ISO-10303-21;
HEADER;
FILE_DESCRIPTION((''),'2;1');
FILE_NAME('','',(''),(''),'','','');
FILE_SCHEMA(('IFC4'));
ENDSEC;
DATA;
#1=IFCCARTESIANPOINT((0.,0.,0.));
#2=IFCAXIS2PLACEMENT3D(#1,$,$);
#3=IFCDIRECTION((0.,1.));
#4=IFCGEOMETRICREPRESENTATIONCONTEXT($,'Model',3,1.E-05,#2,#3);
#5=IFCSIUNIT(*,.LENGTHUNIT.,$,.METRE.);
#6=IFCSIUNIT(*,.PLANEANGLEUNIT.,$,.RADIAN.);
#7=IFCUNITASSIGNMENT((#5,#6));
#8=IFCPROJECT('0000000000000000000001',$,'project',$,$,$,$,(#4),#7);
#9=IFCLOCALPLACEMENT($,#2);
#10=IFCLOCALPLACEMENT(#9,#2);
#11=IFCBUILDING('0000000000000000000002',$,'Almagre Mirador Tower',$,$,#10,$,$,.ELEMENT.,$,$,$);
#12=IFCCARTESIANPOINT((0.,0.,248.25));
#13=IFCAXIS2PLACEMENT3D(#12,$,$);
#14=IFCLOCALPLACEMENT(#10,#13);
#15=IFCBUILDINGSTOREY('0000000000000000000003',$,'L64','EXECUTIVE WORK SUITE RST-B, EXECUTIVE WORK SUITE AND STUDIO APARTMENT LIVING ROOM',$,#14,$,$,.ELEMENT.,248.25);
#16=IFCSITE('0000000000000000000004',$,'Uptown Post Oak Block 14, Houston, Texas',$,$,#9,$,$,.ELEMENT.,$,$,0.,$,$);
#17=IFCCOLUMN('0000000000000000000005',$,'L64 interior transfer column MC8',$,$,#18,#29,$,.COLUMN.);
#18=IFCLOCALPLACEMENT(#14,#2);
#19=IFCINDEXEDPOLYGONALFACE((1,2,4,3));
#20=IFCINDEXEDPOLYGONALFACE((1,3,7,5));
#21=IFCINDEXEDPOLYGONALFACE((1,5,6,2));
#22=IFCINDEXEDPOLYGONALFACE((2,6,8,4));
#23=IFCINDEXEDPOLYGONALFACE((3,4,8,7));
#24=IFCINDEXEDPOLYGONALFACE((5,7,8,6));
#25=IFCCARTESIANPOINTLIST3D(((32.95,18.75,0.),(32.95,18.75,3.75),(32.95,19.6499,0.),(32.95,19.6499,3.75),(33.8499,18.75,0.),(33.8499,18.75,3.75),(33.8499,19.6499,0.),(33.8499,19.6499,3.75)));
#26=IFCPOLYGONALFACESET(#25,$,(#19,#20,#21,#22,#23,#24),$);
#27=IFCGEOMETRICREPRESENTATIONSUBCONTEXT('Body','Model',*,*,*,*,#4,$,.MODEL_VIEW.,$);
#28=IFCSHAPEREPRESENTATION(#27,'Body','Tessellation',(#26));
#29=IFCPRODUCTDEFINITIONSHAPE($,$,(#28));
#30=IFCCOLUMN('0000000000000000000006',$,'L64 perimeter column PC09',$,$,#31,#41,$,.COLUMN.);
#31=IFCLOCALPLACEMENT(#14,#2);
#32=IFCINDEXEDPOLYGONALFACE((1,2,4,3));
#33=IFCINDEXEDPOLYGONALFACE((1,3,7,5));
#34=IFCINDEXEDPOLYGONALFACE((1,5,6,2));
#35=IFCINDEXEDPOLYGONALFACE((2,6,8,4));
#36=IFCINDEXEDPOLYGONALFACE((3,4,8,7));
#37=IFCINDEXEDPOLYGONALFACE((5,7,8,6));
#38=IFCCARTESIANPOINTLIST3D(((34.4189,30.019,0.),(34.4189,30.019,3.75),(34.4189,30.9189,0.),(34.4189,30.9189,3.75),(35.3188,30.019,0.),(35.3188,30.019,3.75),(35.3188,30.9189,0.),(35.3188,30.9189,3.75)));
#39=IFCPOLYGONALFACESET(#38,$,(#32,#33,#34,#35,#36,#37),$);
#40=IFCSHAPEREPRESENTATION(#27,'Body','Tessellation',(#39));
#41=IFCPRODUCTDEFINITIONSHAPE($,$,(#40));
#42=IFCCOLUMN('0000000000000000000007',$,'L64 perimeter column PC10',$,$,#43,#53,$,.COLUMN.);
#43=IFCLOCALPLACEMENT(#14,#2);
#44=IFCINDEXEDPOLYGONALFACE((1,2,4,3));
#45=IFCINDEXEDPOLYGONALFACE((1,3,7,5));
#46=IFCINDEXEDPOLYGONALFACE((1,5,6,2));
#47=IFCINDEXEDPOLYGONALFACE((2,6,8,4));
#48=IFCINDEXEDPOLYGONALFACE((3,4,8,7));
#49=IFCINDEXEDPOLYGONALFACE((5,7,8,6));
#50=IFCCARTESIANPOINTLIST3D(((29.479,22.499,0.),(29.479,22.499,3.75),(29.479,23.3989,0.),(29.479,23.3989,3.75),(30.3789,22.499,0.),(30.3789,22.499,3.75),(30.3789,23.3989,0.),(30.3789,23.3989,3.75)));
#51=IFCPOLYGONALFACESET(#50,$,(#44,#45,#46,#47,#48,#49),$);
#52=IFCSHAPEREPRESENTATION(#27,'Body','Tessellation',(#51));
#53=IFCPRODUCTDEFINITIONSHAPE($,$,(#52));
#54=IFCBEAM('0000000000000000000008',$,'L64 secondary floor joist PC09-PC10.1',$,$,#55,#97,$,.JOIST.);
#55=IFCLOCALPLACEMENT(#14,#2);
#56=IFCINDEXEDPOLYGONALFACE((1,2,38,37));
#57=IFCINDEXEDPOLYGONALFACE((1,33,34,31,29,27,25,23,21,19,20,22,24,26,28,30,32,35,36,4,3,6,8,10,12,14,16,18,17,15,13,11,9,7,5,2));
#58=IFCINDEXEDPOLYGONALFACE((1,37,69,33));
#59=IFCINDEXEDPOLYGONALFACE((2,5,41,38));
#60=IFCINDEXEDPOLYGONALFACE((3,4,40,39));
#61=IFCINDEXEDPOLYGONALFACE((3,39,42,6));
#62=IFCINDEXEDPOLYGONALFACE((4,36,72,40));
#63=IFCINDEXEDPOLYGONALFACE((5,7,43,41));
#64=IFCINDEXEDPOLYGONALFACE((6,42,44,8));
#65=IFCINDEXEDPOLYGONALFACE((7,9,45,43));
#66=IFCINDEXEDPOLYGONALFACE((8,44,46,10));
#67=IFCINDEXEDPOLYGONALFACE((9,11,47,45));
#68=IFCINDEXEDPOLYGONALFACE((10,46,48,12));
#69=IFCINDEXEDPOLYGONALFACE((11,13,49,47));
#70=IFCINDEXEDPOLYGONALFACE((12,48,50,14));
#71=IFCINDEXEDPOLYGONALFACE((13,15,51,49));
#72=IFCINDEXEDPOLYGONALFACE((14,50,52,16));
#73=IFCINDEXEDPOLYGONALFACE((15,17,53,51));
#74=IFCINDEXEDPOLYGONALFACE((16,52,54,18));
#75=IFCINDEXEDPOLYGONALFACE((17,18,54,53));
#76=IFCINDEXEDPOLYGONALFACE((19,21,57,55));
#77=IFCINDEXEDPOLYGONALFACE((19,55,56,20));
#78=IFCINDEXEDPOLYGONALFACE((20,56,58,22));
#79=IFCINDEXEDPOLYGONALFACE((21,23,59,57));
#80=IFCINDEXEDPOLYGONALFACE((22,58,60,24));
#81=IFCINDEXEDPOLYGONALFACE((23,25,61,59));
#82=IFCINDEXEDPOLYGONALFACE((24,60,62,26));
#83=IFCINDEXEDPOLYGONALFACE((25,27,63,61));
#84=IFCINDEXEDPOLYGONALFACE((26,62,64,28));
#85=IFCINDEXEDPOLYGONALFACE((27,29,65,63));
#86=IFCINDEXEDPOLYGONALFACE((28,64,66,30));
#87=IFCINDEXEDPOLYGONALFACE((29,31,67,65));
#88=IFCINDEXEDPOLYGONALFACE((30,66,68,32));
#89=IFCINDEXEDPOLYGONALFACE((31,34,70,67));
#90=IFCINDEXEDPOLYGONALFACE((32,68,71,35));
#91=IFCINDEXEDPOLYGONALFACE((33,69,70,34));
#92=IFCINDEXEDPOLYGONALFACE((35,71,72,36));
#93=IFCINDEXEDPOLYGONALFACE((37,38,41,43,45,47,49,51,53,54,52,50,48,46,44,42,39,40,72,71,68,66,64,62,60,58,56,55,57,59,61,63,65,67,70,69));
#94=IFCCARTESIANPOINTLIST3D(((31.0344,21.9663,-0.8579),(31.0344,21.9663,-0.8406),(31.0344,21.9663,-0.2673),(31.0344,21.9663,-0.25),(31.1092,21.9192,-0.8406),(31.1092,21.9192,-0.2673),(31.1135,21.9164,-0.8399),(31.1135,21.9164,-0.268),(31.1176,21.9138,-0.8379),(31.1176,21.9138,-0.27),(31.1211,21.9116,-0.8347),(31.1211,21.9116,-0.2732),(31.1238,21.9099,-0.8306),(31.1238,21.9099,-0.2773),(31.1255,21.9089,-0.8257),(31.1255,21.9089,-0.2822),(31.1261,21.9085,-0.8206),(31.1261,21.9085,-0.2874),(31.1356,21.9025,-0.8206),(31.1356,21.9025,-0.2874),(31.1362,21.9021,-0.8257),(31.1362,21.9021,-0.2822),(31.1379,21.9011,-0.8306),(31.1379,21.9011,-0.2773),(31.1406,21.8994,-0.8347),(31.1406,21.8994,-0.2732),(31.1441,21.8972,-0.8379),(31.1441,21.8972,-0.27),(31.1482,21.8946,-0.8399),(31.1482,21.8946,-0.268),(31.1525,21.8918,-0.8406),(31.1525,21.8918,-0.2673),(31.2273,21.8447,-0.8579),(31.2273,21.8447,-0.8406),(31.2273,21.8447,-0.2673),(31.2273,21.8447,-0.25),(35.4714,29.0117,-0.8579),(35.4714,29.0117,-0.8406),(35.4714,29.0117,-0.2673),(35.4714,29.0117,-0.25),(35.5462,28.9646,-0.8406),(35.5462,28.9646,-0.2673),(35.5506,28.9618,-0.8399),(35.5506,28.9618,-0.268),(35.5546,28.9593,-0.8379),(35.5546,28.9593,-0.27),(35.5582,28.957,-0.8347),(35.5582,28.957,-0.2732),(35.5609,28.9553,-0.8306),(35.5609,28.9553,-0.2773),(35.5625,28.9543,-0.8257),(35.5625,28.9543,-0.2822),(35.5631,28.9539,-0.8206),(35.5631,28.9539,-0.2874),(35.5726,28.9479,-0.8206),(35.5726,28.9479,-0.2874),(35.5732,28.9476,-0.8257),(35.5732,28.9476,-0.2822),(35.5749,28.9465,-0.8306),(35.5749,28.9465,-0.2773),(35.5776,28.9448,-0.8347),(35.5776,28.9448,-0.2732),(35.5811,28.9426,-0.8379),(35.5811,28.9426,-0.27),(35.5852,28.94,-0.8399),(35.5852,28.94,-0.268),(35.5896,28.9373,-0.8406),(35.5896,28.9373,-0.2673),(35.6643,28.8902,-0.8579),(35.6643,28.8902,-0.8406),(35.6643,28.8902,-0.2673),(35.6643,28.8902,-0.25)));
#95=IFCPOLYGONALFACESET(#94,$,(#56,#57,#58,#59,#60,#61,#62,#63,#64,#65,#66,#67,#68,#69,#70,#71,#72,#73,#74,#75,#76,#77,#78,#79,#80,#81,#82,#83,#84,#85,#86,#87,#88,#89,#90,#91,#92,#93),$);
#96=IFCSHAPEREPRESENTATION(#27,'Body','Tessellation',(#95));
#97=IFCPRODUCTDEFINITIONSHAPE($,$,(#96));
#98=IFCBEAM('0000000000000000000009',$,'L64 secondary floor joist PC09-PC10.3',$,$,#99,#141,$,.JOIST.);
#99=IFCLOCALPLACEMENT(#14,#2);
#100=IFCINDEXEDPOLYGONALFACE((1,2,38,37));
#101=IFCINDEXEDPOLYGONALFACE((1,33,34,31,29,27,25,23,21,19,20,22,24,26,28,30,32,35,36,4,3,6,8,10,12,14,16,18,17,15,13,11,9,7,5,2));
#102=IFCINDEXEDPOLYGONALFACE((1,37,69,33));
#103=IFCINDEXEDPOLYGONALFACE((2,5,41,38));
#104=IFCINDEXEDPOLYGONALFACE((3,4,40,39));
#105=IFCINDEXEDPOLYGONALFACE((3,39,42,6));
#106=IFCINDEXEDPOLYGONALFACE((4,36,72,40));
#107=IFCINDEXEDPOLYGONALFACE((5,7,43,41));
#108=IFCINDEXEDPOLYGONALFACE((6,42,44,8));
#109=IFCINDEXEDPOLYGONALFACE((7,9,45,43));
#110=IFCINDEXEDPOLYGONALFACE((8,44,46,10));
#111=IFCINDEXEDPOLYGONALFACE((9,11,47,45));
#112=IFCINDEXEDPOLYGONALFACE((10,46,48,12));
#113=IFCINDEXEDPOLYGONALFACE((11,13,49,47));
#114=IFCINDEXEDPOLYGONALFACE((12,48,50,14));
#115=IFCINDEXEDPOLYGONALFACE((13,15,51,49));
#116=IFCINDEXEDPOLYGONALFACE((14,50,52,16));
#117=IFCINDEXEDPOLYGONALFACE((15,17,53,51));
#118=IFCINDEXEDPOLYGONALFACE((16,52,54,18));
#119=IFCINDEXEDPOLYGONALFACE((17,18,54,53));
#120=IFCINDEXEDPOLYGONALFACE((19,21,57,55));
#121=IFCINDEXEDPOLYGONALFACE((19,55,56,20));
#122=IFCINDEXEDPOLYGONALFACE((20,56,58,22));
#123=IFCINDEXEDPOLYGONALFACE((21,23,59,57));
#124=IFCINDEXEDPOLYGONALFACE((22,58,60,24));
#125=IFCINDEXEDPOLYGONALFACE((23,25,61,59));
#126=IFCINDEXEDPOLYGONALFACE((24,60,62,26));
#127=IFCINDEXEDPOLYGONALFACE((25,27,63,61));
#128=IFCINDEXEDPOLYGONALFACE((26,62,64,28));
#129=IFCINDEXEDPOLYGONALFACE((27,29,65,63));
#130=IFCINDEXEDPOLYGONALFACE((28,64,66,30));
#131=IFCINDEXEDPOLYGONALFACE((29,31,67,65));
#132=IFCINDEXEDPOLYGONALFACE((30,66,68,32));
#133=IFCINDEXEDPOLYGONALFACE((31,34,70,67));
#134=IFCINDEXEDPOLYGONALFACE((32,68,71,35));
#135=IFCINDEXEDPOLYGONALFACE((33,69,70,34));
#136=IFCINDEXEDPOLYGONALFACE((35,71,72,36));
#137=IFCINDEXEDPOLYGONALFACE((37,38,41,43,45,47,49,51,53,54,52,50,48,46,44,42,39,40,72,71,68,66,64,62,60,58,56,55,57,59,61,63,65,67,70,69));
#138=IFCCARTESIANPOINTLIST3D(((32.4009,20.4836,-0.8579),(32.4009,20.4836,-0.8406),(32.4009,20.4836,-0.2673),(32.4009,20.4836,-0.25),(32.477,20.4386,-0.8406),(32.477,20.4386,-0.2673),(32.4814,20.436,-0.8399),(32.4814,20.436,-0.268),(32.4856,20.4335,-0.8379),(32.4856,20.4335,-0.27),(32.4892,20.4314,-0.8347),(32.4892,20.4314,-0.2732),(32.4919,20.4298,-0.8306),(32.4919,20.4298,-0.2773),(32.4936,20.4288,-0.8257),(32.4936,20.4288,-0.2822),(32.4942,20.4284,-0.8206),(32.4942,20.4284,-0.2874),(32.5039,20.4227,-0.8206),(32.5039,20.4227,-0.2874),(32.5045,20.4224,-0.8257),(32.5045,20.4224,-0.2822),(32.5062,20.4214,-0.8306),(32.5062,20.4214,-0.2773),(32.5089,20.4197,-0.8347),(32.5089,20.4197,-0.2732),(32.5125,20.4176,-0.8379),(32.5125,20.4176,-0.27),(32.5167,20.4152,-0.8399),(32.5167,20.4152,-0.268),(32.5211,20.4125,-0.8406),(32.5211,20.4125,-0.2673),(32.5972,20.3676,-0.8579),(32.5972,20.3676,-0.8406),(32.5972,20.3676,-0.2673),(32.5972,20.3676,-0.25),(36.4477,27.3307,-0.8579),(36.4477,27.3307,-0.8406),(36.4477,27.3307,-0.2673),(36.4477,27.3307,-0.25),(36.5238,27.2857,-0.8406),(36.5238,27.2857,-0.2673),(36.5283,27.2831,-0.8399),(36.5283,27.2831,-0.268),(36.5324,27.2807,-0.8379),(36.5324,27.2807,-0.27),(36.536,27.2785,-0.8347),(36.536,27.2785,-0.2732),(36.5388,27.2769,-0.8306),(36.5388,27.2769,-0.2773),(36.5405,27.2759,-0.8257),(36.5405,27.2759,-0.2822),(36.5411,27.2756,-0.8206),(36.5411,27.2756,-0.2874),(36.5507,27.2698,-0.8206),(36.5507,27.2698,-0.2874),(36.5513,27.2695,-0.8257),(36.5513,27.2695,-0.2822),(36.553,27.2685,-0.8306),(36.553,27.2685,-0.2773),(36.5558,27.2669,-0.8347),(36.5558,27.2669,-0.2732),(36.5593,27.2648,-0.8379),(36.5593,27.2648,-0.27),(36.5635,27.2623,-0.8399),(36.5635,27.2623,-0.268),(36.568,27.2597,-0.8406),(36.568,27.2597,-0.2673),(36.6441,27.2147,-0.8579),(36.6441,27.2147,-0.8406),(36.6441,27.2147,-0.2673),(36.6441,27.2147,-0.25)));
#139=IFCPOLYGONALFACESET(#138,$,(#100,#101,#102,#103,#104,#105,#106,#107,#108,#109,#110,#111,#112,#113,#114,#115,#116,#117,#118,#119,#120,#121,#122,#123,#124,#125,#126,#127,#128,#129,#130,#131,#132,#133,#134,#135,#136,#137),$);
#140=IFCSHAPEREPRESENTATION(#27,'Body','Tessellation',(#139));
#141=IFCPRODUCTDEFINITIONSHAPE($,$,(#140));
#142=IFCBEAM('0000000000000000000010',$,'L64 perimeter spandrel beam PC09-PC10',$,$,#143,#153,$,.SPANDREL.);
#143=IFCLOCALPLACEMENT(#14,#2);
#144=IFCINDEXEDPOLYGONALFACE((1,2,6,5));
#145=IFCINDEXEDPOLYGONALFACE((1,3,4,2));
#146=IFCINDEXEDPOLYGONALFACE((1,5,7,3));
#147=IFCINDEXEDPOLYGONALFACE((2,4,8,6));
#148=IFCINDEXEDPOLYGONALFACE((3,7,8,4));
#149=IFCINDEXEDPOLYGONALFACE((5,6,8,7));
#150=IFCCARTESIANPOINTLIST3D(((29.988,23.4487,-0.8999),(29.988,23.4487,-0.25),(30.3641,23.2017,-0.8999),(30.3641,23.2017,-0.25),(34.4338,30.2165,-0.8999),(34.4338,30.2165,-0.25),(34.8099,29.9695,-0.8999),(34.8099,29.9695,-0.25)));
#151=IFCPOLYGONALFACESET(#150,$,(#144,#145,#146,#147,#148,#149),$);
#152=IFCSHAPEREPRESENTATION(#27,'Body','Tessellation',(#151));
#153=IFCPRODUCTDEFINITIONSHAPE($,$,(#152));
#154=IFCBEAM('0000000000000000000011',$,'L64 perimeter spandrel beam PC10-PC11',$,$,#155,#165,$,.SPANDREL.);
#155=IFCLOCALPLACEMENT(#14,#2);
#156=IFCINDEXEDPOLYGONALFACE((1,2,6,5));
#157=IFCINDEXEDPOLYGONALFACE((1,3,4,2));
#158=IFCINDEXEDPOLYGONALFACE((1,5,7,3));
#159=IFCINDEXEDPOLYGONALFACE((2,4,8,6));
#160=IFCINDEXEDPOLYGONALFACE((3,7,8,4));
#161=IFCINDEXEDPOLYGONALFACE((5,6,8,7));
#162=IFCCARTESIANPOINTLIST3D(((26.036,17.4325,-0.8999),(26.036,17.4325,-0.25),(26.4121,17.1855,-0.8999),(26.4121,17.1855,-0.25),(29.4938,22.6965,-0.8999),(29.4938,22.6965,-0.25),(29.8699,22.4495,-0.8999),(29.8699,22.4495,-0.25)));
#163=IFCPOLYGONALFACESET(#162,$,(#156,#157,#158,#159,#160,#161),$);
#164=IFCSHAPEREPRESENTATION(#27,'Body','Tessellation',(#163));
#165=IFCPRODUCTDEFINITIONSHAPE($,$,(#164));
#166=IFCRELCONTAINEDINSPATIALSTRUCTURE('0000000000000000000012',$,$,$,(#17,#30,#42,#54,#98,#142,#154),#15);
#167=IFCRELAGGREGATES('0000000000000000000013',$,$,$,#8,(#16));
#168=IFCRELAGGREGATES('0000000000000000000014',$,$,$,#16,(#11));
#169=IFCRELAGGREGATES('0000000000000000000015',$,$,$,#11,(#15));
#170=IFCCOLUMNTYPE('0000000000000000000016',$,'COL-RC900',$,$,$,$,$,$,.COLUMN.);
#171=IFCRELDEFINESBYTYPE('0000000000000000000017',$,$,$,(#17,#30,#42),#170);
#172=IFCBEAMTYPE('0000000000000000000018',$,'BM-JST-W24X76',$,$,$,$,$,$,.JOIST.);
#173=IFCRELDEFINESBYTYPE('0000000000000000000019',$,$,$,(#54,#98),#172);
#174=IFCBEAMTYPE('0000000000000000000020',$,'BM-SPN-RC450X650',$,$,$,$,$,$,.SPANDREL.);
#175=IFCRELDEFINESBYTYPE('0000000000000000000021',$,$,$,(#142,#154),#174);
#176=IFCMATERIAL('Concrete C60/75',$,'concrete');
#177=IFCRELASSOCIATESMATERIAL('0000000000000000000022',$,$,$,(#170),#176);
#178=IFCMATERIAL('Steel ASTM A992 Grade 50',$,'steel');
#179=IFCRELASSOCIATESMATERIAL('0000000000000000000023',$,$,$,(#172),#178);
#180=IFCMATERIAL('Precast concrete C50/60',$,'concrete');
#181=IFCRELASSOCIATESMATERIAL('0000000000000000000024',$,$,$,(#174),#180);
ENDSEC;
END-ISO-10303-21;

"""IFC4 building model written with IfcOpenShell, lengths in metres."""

from ifc_helpers import new_model, si_unit, direction, frame, origin, origin_2d, place, context, subcontext, project, spatial, rectangle, i_section, extrude, material, material_profile, profile_set, type_object, element, save


model = new_model("IFC4")

# Units and contexts
model_context = context("Model", 3, precision=1e-05, world=origin(), true_north=direction((0.0, 1.0)))
body_context = subcontext(model_context, "Body", "Model", "MODEL_VIEW")
ifc_project = project(units=[si_unit("LENGTHUNIT", "METRE"), si_unit("PLANEANGLEUNIT", "RADIAN")], contexts=[model_context])

# Site, building, storey
site_placement = place(None, origin())
site = spatial("IfcSite", under=ifc_project, at=site_placement, Name="Uptown Post Oak Block 14, Houston, Texas", CompositionType="ELEMENT", RefElevation=0.0)
building_placement = place(site_placement, origin())
building = spatial("IfcBuilding", under=site, at=building_placement, Name="Almagre Mirador Tower", CompositionType="ELEMENT")
storey_placement = place(building_placement, frame((0.0, 0.0, 248.25)))
storey = spatial("IfcBuildingStorey", under=building, at=storey_placement, Name="L64", Description="EXECUTIVE WORK SUITE RST-B, EXECUTIVE WORK SUITE AND STUDIO APARTMENT LIVING ROOM", CompositionType="ELEMENT", Elevation=248.25)

# Columns
ifc_material_1 = material(Name="Concrete C60/75", Category="concrete")
ifc_material_profile_1 = material_profile(ifc_material_1, rectangle(XDim=0.8999, YDim=0.8999, at=origin_2d()), Name="RC900X900")
ifc_profile_set_1 = profile_set([ifc_material_profile_1], Name="Concrete C60/75")
column_type = type_object("IfcColumnType", Name="COL-RC900", PredefinedType="COLUMN", material=ifc_profile_set_1)
for number, where, z_axis, x_axis, name in (
    (1, (33.3999, 19.2, 0.0), (0.0, 0.0, 1.0), (1.0, 0.0, 0.0), "L64 interior transfer column MC8"),
    (2, (34.8689, 30.469, 0.0), (0.0, 0.0, 1.0), (1.0, 0.0, 0.0), "L64 perimeter column PC09"),
    (3, (29.929, 22.949, 0.0), (0.0, 0.0, 1.0), (1.0, 0.0, 0.0), "L64 perimeter column PC10"),
):
    element("IfcColumn", number, at=place(storey_placement, frame(where, z_axis=z_axis, x_axis=x_axis)), inside=storey, type_object=column_type, Name=name, PredefinedType="COLUMN", context=body_context, shape_type="SweptSolid", body=[
        extrude(rectangle(XDim=0.8999, YDim=0.8999, at=origin_2d()), origin(), (0.0, 0.0, 1.0), 3.75),
    ])

# Beams
ifc_material_2 = material(Name="Steel ASTM A992 Grade 50", Category="steel")
ifc_material_profile_2 = material_profile(ifc_material_2, i_section(OverallWidth=0.228, OverallDepth=0.6079, WebThickness=0.0112, FlangeThickness=0.0173, FilletRadius=0.02, at=origin_2d()), Name="W24X76")
ifc_profile_set_2 = profile_set([ifc_material_profile_2], Name="Steel ASTM A992 Grade 50")
beam_type_1 = type_object("IfcBeamType", Name="BM-JST-W24X76", PredefinedType="JOIST", material=ifc_profile_set_2)
beam_1_placement = place(storey_placement, frame((35.5679, 28.9509, -0.554), z_axis=(-0.5329, -0.846178, 0.0), x_axis=(0.846178, -0.5329, 0.0)))
element("IfcBeam", 4, at=beam_1_placement, inside=storey, type_object=beam_type_1, Name="L64 secondary floor joist PC09-PC10.1", PredefinedType="JOIST", context=body_context, shape_type="SweptSolid", body=[
    extrude(i_section(OverallWidth=0.228, OverallDepth=0.6079, WebThickness=0.0112, FlangeThickness=0.0173, FilletRadius=0.02, at=origin_2d()), origin(), (0.0, 0.0, 1.0), 8.3262),
])
beam_2_placement = place(storey_placement, frame((36.5459, 27.2727, -0.554), z_axis=(-0.508806, -0.860881, 0.0), x_axis=(0.860881, -0.508806, 0.0)))
element("IfcBeam", 5, at=beam_2_placement, inside=storey, type_object=beam_type_1, Name="L64 secondary floor joist PC09-PC10.3", PredefinedType="JOIST", context=body_context, shape_type="SweptSolid", body=[
    extrude(i_section(OverallWidth=0.228, OverallDepth=0.6079, WebThickness=0.0112, FlangeThickness=0.0173, FilletRadius=0.02, at=origin_2d()), origin(), (0.0, 0.0, 1.0), 7.9536),
])
ifc_material_3 = material(Name="Precast concrete C50/60", Category="concrete")
ifc_material_profile_3 = material_profile(ifc_material_3, rectangle(XDim=0.45, YDim=0.6499, at=origin_2d()), Name="RC450X650")
ifc_profile_set_3 = profile_set([ifc_material_profile_3], Name="Precast concrete C50/60")
beam_type_2 = type_object("IfcBeamType", Name="BM-SPN-RC450X650", PredefinedType="SPANDREL", material=ifc_profile_set_3)
beam_3_placement = place(storey_placement, frame((34.6218, 30.093, -0.575), z_axis=(-0.549038, -0.835798, 0.0), x_axis=(0.835798, -0.549038, 0.0)))
element("IfcBeam", 6, at=beam_3_placement, inside=storey, type_object=beam_type_2, Name="L64 perimeter spandrel beam PC09-PC10", PredefinedType="SPANDREL", context=body_context, shape_type="SweptSolid", body=[
    extrude(rectangle(XDim=0.45, YDim=0.6499, at=origin_2d()), origin(), (0.0, 0.0, 1.0), 8.0974),
])
beam_4_placement = place(storey_placement, frame((29.6819, 22.573, -0.575), z_axis=(-0.549025, -0.835806, 0.0), x_axis=(0.835806, -0.549025, 0.0)))
element("IfcBeam", 7, at=beam_4_placement, inside=storey, type_object=beam_type_2, Name="L64 perimeter spandrel beam PC10-PC11", PredefinedType="SPANDREL", context=body_context, shape_type="SweptSolid", body=[
    extrude(rectangle(XDim=0.45, YDim=0.6499, at=origin_2d()), origin(), (0.0, 0.0, 1.0), 6.2981),
])

save(model, "model.ifc")
